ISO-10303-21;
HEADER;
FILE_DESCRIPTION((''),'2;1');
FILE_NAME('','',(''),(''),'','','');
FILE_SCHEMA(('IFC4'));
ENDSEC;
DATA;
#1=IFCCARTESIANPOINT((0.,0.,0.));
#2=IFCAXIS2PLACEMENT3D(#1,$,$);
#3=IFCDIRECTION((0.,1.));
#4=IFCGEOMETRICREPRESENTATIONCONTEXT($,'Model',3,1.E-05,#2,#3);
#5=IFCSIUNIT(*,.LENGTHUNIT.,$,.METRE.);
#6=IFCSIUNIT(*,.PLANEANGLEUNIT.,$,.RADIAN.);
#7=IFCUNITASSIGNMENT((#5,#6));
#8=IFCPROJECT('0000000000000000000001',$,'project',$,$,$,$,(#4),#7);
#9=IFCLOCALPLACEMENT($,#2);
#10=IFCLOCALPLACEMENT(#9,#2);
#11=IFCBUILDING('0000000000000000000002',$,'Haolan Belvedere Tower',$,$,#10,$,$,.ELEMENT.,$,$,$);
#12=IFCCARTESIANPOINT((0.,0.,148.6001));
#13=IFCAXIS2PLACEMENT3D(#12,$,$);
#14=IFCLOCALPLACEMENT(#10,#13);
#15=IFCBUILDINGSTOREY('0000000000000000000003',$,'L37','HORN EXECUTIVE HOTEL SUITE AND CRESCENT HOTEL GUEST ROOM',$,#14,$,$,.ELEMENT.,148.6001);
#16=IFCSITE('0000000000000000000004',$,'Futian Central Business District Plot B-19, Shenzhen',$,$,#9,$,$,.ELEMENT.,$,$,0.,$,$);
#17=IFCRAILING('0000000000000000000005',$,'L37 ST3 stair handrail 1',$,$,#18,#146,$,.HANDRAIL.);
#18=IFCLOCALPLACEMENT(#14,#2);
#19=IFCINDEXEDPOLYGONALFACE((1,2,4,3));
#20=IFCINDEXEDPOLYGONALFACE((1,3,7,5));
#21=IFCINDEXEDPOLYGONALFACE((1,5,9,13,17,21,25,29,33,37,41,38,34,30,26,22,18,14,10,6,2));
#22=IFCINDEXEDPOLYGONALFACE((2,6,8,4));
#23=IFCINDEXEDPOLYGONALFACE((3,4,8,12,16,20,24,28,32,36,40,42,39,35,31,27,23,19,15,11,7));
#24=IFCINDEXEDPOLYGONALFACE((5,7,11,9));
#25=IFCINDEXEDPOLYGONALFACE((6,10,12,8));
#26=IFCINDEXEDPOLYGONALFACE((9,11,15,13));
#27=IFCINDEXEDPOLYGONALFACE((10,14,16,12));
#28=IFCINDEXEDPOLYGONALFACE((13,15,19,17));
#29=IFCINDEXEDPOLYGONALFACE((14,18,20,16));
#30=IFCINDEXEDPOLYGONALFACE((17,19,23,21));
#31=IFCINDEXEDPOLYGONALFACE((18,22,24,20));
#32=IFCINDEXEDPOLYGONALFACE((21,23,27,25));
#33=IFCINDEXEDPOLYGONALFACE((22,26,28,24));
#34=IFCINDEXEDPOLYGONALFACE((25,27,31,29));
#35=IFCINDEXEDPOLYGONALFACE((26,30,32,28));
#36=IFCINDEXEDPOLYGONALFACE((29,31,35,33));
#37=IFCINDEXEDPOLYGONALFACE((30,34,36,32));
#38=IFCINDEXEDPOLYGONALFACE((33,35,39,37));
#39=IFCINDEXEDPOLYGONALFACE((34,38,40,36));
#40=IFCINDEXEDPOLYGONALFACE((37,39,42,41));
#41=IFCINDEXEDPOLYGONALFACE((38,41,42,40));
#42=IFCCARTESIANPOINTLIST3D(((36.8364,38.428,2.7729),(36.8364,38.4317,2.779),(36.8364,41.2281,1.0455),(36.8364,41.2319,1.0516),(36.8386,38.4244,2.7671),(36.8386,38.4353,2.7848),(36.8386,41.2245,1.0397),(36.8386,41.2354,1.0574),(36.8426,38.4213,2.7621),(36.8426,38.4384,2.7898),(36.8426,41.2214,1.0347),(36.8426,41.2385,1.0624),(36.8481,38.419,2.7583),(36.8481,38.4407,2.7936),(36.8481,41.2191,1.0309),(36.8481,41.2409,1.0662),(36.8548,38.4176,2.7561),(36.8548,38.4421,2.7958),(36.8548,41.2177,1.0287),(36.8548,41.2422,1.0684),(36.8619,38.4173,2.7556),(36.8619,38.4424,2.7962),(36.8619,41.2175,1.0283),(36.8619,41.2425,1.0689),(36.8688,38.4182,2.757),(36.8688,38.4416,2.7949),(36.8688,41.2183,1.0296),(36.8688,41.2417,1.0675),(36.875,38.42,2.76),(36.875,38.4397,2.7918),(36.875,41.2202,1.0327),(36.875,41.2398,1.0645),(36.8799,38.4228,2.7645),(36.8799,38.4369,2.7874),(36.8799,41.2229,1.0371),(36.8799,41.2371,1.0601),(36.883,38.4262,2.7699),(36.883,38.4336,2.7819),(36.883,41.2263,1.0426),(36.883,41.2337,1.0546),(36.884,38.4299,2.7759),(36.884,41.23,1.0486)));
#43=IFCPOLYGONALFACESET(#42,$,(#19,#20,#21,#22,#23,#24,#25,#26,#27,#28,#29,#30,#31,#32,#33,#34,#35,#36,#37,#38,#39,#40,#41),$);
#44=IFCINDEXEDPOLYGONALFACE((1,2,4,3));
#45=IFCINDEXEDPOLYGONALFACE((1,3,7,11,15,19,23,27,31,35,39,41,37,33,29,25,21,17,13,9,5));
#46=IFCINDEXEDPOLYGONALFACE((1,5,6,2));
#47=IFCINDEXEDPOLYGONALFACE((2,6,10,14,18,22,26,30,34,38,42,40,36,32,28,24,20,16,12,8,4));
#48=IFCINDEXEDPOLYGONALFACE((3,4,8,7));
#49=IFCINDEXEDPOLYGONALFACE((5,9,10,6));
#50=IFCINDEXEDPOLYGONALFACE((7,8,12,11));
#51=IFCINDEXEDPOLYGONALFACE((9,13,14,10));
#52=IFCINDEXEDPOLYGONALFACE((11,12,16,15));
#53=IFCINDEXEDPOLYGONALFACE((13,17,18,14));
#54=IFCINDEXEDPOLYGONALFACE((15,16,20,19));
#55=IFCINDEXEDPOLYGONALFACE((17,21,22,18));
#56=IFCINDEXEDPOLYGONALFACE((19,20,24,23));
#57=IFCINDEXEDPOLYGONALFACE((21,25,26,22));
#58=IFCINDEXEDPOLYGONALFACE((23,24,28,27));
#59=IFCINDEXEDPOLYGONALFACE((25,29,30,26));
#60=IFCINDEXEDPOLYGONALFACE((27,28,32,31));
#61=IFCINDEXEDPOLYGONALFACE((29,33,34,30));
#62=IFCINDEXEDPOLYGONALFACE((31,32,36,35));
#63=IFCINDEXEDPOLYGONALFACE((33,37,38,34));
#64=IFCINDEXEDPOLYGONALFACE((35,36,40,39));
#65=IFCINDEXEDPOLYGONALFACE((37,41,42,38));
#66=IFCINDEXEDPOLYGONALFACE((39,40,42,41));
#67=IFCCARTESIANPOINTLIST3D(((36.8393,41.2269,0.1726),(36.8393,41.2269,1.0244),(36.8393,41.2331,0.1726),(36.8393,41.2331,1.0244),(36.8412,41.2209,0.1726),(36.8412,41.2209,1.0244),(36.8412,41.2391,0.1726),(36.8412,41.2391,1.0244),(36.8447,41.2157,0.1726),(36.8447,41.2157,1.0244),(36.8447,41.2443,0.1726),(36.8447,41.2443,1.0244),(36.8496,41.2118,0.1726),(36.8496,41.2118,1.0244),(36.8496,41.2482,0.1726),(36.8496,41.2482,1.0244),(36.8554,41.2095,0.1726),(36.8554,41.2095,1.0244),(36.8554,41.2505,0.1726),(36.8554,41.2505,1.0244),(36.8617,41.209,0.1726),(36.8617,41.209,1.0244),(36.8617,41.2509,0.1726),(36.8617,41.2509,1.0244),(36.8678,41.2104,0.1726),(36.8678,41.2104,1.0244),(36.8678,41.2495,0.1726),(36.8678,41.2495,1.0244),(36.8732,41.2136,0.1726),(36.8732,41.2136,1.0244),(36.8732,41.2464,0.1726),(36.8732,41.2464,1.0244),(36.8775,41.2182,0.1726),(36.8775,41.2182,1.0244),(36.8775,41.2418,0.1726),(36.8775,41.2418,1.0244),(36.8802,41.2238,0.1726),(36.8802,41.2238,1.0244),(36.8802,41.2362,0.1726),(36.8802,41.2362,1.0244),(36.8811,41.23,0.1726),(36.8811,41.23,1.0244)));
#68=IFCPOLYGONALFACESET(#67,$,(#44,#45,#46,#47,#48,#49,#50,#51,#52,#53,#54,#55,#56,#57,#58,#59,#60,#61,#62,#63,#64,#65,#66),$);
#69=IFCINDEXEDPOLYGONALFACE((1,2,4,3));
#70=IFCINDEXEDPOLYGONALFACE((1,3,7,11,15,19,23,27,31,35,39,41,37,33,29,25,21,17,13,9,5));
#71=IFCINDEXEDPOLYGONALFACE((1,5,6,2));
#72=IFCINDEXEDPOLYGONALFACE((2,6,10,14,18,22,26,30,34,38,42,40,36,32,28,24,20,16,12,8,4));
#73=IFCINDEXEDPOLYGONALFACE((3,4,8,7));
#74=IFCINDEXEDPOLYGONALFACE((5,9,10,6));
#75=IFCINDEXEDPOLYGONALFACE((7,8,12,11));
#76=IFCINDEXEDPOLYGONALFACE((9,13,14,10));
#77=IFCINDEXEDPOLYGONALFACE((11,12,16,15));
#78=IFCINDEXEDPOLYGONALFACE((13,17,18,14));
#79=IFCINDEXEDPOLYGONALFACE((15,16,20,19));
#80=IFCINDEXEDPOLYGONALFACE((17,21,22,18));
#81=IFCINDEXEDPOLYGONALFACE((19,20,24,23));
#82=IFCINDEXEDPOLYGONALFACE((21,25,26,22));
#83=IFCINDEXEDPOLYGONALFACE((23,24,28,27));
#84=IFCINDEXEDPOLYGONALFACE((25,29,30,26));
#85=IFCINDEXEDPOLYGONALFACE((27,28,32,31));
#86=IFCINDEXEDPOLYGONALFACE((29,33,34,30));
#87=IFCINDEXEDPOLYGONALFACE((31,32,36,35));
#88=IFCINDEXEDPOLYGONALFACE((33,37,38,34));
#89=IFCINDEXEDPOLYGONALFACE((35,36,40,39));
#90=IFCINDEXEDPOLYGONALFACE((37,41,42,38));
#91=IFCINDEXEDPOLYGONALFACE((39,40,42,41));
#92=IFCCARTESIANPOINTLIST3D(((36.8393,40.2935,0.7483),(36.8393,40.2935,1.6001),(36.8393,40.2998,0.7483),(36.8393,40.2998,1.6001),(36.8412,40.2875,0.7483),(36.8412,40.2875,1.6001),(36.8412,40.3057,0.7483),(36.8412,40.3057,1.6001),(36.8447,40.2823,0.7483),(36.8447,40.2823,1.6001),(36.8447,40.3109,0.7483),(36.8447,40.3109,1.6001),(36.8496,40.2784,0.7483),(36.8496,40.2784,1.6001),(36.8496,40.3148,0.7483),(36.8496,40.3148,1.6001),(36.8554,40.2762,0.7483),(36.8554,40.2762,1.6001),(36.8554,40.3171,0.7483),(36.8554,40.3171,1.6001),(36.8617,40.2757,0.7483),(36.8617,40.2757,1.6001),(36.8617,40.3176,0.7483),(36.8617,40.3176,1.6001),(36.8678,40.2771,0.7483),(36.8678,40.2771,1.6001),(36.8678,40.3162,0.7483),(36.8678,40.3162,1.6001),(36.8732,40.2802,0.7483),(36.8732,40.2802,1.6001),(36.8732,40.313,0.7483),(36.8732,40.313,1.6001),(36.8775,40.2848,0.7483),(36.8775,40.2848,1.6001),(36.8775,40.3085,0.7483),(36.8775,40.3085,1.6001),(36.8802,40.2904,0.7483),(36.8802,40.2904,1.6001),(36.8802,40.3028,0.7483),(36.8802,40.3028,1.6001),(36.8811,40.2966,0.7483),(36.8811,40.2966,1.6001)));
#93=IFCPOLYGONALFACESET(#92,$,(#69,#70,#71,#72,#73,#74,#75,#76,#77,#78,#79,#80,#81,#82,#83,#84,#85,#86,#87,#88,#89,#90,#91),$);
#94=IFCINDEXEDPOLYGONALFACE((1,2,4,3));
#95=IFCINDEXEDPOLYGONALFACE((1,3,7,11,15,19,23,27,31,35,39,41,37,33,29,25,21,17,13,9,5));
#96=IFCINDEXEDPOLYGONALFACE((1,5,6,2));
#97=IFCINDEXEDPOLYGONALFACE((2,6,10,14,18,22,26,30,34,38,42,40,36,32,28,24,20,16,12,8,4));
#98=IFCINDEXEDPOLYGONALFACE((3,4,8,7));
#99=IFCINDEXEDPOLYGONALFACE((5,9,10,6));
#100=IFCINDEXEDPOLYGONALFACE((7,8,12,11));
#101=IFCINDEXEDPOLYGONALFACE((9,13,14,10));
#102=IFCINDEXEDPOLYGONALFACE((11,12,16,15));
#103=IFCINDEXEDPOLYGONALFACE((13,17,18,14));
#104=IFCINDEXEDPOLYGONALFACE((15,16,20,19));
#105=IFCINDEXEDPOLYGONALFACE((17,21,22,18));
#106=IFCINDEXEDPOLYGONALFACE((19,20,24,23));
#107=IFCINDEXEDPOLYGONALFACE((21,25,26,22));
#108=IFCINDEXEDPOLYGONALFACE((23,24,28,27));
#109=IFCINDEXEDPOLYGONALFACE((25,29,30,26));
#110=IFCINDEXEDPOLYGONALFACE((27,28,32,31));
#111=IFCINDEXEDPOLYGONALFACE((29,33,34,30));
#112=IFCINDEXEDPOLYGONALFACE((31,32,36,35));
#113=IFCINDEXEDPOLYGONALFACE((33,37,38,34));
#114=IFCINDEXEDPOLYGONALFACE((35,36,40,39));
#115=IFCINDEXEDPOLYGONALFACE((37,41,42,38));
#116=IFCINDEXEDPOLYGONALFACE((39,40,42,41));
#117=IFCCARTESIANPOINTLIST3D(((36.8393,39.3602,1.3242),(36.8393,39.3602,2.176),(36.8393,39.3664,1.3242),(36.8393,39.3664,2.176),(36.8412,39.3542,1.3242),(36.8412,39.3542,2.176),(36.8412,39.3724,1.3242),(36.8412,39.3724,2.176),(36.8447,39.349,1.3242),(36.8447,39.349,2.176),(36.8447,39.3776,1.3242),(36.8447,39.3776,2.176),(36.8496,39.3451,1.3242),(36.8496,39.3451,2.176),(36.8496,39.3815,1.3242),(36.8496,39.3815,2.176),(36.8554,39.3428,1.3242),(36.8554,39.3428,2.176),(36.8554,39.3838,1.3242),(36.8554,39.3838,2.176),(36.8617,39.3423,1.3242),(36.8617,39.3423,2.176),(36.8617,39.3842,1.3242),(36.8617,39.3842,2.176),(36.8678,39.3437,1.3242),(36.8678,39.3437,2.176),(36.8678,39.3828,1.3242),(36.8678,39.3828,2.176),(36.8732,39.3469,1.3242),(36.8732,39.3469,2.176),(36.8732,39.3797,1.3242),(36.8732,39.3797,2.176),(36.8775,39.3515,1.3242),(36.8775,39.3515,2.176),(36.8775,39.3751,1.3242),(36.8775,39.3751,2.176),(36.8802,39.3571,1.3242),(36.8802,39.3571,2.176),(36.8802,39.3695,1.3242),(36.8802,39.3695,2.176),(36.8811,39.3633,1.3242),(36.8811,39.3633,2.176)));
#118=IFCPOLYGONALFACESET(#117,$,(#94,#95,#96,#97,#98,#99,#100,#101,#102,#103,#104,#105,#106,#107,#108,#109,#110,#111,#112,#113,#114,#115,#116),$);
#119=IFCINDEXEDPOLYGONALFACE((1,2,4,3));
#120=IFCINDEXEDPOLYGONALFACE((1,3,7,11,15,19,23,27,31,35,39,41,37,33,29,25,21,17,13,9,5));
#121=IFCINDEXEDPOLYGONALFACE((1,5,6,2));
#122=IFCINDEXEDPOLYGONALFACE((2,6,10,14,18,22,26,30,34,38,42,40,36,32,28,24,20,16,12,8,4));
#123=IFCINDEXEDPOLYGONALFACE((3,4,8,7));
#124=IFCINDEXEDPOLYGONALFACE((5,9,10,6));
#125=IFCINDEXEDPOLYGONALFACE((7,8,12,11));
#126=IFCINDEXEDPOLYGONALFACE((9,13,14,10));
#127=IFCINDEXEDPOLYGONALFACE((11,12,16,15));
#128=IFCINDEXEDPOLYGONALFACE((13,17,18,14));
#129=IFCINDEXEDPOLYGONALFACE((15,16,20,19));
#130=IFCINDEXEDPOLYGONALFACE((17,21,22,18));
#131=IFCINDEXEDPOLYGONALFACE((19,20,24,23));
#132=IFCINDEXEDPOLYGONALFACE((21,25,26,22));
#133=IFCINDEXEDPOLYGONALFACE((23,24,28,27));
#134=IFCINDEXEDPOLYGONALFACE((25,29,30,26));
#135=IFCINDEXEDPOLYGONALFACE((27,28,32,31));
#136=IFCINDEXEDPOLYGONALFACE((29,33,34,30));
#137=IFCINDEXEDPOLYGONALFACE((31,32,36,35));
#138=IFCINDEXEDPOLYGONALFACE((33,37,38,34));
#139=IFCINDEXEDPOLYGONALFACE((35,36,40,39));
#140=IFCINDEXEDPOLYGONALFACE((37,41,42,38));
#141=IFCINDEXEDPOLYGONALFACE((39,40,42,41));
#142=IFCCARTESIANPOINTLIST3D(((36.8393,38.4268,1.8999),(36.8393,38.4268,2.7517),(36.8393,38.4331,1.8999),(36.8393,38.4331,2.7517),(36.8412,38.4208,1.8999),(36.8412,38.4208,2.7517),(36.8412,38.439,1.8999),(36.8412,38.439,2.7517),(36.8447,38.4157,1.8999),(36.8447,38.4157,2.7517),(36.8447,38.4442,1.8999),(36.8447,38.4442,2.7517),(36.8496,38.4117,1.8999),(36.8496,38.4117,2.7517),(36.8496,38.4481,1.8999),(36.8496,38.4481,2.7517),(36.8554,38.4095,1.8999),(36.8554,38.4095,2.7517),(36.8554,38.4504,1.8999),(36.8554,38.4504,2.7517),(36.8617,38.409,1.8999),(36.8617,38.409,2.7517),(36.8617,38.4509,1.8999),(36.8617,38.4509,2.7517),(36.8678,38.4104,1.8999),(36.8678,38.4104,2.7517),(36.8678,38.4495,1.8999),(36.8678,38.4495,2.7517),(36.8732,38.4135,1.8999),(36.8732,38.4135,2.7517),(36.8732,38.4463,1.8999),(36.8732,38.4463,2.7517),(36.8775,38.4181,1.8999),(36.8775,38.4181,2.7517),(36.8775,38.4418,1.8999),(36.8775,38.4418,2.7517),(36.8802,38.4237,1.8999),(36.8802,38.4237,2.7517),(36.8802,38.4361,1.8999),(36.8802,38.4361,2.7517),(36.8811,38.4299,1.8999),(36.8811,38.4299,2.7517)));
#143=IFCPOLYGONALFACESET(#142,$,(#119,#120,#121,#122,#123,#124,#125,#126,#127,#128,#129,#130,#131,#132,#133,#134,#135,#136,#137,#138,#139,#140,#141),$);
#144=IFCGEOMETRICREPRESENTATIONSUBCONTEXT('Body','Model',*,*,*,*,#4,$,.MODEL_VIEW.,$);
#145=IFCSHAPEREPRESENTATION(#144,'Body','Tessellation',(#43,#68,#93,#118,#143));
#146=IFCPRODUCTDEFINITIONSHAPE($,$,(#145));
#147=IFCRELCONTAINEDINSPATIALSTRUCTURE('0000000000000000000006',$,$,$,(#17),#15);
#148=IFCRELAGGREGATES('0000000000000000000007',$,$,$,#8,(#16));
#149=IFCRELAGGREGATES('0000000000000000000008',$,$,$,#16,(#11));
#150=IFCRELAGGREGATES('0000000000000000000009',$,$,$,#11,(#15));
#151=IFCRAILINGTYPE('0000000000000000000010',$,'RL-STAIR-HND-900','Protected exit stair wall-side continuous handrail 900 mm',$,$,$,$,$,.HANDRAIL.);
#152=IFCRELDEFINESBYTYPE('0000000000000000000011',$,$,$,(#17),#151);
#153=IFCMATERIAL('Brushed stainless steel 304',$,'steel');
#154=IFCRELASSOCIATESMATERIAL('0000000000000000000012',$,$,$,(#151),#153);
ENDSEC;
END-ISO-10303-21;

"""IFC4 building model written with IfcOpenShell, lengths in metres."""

from ifc_helpers import new_model, si_unit, direction, frame, origin, origin_2d, place, context, subcontext, project, spatial, circle, extrude, material, type_object, element, save


model = new_model("IFC4")

# Units and contexts
model_context = context("Model", 3, precision=1e-05, world=origin(), true_north=direction((0.0, 1.0)))
body_context = subcontext(model_context, "Body", "Model", "MODEL_VIEW")
ifc_project = project(units=[si_unit("LENGTHUNIT", "METRE"), si_unit("PLANEANGLEUNIT", "RADIAN")], contexts=[model_context])

# Site, building, storey
site_placement = place(None, origin())
site = spatial("IfcSite", under=ifc_project, at=site_placement, Name="Futian Central Business District Plot B-19, Shenzhen", CompositionType="ELEMENT", RefElevation=0.0)
building_placement = place(site_placement, origin())
building = spatial("IfcBuilding", under=site, at=building_placement, Name="Haolan Belvedere Tower", CompositionType="ELEMENT")
storey_placement = place(building_placement, frame((0.0, 0.0, 148.6001)))
storey = spatial("IfcBuildingStorey", under=building, at=storey_placement, Name="L37", Description="HORN EXECUTIVE HOTEL SUITE AND CRESCENT HOTEL GUEST ROOM", CompositionType="ELEMENT", Elevation=148.6001)

# Railing
ifc_material_1 = material(Name="Brushed stainless steel 304", Category="steel")
railing_type_1 = type_object("IfcRailingType", Name="RL-STAIR-HND-900", Description="Protected exit stair wall-side continuous handrail 900 mm", PredefinedType="HANDRAIL", material=ifc_material_1)
railing_1_placement = place(storey_placement, frame((36.8601, 41.23, 0.1726)))
element("IfcRailing", 1, at=railing_1_placement, inside=storey, type_object=railing_type_1, Name="L37 ST3 stair handrail 1", PredefinedType="HANDRAIL", context=body_context, shape_type="SweptSolid", body=[
    extrude(circle(Radius=0.0239, at=origin_2d()), frame((0.0, 0.0, 0.876), z_axis=(0.0, -0.85109, 0.52502), x_axis=(1.0, 0.0, 0.0)), (0.0, 0.0, 1.0), 3.29),
    extrude(circle(Radius=0.021, at=origin_2d()), origin(), (0.0, 0.0, 1.0), 0.8518),
    extrude(circle(Radius=0.021, at=origin_2d()), frame((0.0, -0.9333, 0.5757)), (0.0, 0.0, 1.0), 0.8518),
    extrude(circle(Radius=0.021, at=origin_2d()), frame((0.0, -1.8667, 1.1516)), (0.0, 0.0, 1.0), 0.8518),
    extrude(circle(Radius=0.021, at=origin_2d()), frame((0.0, -2.8, 1.7273)), (0.0, 0.0, 1.0), 0.8518),
])

save(model, "model.ifc")
